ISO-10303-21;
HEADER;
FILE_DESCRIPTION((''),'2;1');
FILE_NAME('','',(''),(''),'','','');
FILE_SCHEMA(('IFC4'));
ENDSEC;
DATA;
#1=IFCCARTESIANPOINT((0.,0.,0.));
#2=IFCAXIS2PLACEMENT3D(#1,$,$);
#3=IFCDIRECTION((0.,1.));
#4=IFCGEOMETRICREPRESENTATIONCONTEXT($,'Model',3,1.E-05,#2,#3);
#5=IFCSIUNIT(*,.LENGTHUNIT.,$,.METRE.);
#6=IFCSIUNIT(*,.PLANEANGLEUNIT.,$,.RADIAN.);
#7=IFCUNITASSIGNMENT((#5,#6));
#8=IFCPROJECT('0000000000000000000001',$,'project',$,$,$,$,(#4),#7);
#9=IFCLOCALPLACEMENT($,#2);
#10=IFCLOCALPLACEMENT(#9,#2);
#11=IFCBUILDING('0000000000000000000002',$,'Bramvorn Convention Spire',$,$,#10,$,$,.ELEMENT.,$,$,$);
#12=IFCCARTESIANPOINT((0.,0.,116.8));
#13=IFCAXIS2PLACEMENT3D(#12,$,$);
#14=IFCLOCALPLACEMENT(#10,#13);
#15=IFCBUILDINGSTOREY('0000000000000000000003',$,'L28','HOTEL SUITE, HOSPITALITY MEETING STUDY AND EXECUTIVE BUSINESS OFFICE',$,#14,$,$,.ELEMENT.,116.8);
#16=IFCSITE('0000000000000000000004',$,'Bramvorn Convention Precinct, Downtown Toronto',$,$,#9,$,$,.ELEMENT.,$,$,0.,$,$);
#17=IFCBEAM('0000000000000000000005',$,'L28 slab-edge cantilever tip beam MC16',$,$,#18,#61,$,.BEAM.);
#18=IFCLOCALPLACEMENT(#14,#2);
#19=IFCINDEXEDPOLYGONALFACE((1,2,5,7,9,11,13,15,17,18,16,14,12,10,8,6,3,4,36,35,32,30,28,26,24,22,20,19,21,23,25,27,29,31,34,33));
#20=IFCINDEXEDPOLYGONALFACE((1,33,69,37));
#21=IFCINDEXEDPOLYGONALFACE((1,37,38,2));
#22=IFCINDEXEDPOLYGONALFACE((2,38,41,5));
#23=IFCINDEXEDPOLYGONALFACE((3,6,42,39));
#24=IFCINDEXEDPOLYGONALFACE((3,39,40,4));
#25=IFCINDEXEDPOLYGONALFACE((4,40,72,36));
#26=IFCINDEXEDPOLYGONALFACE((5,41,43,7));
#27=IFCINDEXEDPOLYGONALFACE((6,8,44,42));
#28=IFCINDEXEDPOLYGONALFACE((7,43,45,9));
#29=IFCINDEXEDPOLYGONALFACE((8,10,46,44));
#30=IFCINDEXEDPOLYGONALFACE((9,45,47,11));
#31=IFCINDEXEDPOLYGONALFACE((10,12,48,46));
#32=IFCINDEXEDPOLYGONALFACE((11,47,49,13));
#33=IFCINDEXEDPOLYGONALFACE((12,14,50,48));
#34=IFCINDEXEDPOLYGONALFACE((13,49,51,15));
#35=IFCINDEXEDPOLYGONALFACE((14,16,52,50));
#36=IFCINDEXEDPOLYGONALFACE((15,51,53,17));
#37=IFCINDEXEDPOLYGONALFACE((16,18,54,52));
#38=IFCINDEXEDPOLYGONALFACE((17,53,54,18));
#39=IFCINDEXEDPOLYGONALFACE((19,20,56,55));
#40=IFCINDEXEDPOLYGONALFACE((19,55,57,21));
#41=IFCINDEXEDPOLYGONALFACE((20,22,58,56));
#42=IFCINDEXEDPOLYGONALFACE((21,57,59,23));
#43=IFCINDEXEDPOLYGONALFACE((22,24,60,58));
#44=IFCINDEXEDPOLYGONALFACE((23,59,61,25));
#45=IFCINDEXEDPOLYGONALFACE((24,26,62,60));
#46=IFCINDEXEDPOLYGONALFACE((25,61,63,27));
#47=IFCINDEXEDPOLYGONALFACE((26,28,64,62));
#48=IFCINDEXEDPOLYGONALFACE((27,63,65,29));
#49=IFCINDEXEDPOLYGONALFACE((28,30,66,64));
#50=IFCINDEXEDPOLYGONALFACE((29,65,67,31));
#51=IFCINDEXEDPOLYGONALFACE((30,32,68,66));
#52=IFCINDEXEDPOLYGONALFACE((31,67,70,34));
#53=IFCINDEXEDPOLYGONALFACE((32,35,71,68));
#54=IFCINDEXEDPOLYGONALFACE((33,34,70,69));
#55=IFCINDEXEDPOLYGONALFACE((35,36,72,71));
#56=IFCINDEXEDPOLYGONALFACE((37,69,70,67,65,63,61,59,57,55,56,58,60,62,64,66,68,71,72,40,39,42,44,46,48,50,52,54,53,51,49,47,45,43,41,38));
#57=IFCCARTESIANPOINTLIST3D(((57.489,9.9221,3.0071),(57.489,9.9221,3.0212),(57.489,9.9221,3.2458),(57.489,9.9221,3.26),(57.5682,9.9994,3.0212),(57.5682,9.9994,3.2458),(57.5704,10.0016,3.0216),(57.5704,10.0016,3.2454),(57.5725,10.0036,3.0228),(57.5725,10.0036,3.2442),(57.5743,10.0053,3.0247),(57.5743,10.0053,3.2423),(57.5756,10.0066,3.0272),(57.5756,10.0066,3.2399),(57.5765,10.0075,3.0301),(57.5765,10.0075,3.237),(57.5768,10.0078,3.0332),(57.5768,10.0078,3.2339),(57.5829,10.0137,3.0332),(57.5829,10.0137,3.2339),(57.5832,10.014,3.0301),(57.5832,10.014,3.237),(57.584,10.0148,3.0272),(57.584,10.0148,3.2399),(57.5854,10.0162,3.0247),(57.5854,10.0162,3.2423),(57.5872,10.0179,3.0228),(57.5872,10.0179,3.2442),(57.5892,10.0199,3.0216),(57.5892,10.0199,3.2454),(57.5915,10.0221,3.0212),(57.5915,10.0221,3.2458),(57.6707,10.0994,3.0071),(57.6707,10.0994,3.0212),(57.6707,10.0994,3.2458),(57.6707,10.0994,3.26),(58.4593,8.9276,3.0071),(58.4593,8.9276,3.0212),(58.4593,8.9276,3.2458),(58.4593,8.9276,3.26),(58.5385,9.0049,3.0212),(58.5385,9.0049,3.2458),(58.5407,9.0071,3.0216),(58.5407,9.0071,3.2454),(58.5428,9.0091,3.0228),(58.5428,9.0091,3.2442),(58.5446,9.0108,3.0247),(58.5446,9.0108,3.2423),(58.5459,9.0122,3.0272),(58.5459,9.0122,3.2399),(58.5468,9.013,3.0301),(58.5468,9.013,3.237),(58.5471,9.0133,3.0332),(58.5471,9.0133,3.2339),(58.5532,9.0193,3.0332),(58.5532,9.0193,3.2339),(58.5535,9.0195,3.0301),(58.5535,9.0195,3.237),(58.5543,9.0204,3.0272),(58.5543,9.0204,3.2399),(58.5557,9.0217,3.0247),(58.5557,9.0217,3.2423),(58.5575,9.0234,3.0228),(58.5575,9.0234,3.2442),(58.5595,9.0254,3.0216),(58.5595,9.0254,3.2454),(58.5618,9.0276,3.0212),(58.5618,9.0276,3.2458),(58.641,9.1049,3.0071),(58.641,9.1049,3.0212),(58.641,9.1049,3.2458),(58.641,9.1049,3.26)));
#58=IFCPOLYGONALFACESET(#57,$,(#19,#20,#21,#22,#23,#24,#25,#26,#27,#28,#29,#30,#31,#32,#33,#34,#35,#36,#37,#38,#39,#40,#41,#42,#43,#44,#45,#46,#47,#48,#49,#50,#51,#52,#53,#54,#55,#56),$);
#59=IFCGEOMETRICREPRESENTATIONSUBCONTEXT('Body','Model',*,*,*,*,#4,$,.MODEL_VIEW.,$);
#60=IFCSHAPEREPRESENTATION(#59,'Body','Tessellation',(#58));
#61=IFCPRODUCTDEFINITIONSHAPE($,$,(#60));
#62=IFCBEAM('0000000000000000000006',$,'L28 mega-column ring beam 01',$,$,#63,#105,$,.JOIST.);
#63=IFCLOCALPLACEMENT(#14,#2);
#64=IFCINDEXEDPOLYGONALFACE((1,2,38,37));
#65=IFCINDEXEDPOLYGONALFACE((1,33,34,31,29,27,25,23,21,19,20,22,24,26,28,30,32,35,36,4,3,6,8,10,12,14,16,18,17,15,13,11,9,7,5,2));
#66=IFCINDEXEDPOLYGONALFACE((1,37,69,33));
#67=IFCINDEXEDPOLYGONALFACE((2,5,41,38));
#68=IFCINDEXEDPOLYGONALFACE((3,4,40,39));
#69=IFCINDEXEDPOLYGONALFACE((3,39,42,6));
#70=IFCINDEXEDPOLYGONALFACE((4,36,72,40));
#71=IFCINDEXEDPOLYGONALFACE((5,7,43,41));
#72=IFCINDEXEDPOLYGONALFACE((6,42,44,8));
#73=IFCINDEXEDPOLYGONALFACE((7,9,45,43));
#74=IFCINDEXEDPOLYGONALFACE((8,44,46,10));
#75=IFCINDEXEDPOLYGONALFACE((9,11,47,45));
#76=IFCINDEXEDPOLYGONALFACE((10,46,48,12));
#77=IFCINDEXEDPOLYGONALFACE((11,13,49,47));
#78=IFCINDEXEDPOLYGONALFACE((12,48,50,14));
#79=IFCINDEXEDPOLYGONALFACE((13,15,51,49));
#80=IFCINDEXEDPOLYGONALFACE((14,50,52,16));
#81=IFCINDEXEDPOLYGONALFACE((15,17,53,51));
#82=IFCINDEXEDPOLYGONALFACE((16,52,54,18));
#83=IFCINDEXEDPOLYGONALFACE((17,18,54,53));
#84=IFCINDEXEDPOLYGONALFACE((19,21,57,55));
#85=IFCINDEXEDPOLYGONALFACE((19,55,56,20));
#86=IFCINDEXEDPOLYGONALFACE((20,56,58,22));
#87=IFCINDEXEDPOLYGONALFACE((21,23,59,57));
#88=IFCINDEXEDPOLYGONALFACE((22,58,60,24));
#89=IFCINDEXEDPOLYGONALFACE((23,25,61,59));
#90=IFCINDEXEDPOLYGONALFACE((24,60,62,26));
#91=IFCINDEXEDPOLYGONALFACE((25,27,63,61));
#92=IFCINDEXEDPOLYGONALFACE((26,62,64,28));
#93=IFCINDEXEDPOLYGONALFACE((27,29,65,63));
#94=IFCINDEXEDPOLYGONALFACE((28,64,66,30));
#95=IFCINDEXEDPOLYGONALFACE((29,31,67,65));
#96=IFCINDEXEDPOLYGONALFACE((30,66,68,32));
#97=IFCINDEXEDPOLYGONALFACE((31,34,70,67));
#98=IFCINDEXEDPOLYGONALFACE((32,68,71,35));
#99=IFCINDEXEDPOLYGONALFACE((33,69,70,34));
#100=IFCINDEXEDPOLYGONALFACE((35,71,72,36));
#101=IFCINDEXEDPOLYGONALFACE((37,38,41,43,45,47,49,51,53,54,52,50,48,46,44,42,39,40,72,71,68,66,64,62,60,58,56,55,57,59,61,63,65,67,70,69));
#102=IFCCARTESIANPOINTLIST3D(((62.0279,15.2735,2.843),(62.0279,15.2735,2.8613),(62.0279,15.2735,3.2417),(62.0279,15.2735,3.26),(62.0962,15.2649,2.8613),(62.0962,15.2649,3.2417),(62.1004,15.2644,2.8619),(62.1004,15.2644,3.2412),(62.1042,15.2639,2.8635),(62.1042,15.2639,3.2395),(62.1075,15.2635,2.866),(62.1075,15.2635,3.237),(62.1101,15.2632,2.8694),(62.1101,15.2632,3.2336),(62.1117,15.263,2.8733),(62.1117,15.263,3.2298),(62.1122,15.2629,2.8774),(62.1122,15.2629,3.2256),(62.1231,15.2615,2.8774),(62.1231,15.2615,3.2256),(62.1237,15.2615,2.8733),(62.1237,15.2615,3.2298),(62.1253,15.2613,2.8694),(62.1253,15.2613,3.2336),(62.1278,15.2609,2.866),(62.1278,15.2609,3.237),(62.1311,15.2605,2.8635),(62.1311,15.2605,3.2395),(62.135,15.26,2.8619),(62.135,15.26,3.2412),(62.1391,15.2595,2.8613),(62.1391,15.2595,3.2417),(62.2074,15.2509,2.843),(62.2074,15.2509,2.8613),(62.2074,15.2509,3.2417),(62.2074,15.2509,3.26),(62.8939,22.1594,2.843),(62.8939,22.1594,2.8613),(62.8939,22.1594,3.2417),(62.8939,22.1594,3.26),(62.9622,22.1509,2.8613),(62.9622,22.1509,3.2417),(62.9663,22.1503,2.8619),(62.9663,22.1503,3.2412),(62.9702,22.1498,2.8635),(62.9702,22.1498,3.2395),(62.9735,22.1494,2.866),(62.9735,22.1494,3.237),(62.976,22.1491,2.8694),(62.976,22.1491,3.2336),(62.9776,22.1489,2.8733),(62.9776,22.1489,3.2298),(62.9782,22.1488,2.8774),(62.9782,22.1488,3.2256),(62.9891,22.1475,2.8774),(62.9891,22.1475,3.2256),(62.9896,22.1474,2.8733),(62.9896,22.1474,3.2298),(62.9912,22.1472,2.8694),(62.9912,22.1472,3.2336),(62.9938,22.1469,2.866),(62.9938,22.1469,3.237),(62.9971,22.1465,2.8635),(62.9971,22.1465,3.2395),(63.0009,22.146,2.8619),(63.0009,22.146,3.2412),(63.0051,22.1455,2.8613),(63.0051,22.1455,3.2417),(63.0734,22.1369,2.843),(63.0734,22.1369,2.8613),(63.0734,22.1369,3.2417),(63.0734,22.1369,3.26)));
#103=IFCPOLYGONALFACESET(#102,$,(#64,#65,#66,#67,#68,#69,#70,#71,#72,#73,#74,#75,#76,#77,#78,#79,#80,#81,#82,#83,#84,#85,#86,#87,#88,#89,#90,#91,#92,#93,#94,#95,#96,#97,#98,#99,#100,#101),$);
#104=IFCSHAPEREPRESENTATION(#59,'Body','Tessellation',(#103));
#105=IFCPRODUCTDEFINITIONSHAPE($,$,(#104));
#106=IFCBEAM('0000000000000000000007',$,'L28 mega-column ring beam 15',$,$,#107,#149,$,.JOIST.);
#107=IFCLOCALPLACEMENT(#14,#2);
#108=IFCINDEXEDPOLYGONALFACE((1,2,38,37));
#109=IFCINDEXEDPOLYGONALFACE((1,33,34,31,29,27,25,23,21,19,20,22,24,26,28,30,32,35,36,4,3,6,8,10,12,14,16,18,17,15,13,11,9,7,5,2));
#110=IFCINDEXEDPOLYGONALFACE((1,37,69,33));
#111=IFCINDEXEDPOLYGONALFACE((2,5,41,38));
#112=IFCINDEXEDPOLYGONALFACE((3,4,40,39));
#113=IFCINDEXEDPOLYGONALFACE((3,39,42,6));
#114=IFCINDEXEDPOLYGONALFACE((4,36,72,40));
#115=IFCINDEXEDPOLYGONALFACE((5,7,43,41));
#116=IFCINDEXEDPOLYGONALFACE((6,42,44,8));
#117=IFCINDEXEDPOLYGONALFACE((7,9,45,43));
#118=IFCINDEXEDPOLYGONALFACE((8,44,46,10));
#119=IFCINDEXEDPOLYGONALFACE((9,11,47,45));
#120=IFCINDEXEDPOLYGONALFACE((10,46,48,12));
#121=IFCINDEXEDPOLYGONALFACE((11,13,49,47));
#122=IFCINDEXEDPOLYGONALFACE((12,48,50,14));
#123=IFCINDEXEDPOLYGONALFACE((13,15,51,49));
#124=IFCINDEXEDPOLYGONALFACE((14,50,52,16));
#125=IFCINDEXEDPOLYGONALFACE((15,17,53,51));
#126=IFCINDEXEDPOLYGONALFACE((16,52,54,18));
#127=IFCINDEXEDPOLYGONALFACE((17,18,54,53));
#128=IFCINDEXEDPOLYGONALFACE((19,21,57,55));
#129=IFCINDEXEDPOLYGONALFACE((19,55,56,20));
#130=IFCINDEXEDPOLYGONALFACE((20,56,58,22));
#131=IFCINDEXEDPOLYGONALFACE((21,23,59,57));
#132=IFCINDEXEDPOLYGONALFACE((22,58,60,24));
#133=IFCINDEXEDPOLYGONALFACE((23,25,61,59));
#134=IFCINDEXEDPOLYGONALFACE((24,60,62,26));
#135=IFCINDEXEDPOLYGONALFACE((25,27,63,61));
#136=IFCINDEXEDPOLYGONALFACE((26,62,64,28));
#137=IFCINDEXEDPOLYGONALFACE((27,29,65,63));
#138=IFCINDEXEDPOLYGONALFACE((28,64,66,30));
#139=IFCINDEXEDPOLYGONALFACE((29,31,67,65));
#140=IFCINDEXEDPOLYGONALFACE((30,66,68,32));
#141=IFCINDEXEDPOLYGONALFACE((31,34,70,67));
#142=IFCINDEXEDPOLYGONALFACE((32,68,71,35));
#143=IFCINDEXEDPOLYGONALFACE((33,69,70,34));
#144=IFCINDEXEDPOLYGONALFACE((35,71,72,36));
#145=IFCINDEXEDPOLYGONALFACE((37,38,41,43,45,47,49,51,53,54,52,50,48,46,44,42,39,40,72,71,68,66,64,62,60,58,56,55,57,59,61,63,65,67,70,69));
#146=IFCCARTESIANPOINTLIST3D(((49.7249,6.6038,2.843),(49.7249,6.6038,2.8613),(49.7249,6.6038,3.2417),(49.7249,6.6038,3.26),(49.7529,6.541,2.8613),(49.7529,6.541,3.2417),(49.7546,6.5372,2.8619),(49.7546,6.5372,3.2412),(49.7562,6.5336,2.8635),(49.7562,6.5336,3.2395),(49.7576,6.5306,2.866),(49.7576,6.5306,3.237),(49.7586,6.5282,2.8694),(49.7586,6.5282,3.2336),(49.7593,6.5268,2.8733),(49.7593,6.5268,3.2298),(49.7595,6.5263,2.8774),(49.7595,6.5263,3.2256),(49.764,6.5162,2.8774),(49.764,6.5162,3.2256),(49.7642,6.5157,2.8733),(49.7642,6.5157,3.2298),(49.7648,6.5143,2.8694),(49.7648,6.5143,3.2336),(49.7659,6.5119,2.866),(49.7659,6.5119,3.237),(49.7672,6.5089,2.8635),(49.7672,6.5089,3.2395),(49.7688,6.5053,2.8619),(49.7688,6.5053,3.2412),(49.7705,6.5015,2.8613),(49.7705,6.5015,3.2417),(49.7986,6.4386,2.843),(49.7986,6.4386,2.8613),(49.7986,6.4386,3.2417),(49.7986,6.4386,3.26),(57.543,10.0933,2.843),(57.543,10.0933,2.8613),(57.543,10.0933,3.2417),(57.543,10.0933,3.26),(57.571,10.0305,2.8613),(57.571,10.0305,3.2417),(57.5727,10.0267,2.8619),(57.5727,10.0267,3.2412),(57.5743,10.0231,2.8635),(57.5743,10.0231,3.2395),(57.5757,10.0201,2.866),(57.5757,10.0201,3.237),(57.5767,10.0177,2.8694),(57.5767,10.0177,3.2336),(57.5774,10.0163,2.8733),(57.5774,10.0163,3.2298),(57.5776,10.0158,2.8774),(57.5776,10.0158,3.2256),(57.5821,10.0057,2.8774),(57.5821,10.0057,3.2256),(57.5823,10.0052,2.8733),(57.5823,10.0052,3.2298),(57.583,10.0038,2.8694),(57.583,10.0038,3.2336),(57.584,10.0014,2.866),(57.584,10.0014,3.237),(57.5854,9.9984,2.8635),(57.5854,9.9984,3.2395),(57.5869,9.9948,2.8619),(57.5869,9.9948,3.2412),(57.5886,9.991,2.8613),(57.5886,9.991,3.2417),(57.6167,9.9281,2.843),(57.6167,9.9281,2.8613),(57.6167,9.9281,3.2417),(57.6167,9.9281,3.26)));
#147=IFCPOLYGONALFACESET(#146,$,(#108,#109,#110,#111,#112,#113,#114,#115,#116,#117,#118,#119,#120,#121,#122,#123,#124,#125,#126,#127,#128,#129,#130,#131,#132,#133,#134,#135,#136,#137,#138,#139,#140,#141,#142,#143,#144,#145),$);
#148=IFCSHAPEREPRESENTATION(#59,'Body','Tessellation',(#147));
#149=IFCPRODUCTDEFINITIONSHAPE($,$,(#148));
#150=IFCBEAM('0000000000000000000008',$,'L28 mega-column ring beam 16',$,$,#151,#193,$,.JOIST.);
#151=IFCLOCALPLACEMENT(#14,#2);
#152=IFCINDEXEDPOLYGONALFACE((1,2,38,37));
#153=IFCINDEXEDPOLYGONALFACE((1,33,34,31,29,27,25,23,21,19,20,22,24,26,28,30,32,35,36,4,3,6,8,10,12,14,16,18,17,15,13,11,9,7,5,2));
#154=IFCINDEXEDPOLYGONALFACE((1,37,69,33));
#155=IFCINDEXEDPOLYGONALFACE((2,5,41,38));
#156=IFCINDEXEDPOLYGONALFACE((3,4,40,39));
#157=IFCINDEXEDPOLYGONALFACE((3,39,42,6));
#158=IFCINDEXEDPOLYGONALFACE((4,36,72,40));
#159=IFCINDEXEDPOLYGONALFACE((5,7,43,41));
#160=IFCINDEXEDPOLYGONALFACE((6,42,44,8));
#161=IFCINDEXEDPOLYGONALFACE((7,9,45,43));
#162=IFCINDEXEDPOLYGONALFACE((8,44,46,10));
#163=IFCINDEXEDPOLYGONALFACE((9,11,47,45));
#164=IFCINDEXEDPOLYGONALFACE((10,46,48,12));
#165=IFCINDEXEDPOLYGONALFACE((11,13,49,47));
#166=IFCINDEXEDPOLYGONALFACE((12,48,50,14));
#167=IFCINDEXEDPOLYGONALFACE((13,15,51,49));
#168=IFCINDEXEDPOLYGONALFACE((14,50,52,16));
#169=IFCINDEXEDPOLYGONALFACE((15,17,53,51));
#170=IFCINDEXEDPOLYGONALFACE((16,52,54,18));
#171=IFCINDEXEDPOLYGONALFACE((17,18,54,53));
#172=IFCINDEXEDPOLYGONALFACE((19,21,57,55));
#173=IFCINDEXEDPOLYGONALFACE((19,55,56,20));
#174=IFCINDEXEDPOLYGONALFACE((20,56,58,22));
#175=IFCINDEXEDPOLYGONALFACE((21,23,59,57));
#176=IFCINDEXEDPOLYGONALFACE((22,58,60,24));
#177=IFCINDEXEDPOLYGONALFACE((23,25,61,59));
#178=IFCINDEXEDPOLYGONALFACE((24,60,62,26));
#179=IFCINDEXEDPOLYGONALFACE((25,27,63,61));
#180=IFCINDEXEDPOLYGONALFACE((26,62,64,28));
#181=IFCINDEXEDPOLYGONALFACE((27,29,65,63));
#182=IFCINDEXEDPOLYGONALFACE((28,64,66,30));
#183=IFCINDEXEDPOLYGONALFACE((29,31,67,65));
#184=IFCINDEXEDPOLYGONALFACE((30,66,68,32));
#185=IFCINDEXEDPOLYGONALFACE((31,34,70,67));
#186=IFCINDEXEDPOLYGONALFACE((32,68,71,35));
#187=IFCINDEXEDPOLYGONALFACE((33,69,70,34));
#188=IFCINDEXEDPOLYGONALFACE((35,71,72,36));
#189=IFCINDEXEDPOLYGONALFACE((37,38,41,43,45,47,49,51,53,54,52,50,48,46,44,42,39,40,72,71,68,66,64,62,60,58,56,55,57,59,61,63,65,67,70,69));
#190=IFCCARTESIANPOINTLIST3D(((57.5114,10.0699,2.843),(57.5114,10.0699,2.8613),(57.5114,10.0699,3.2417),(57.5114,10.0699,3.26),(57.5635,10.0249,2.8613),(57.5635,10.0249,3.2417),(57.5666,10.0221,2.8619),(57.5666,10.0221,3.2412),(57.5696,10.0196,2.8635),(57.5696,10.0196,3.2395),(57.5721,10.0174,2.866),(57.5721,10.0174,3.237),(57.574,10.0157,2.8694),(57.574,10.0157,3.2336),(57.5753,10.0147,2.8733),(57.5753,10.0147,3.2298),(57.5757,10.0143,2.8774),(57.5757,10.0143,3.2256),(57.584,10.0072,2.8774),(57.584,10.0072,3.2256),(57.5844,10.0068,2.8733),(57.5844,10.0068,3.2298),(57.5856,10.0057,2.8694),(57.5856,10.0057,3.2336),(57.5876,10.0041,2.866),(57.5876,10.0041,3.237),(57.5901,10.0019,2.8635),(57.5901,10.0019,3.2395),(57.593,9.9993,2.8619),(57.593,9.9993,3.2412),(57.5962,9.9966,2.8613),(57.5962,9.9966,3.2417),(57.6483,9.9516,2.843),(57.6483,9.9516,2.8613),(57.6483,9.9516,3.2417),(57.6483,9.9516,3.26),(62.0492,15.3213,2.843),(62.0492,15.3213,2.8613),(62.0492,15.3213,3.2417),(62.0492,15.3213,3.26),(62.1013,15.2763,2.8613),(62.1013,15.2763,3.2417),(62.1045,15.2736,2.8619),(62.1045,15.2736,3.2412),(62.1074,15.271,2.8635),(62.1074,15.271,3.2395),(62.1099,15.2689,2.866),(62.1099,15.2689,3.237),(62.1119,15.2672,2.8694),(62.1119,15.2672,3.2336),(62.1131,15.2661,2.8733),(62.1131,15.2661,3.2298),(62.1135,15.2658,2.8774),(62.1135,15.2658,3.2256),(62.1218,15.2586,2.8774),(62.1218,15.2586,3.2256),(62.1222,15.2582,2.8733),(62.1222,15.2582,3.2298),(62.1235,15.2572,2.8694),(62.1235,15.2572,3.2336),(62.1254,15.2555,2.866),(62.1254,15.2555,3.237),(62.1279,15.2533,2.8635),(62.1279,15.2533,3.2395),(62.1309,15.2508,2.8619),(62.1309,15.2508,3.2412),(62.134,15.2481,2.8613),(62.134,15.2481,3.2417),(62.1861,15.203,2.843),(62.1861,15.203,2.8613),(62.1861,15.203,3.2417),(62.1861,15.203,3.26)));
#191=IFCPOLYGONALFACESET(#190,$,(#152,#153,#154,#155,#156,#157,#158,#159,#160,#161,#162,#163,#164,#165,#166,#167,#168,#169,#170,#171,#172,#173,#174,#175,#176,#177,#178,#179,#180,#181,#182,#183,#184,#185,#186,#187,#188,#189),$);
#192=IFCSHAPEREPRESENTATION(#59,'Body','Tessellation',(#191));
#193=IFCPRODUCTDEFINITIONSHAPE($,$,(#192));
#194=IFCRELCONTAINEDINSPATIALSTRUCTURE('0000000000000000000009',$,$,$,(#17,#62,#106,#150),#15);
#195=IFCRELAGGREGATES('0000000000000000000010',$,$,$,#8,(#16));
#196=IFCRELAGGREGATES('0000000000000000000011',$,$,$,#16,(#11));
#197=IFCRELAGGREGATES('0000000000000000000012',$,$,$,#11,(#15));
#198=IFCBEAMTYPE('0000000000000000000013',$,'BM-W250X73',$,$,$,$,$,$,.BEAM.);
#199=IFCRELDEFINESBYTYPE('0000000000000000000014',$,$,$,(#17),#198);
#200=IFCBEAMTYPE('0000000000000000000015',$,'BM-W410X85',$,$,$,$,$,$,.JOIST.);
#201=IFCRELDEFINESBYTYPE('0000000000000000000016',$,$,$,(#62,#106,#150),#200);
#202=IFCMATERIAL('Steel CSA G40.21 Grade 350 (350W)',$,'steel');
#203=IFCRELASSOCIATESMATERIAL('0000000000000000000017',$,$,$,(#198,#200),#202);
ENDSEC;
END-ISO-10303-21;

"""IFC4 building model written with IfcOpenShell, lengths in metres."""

from ifc_helpers import new_model, si_unit, direction, frame, origin, origin_2d, place, context, subcontext, project, spatial, i_section, extrude, material, material_profile, profile_set, type_object, element, save


model = new_model("IFC4")

# Units and contexts
model_context = context("Model", 3, precision=1e-05, world=origin(), true_north=direction((0.0, 1.0)))
body_context = subcontext(model_context, "Body", "Model", "MODEL_VIEW")
ifc_project = project(units=[si_unit("LENGTHUNIT", "METRE"), si_unit("PLANEANGLEUNIT", "RADIAN")], contexts=[model_context])

# Site, building, storey
site_placement = place(None, origin())
site = spatial("IfcSite", under=ifc_project, at=site_placement, Name="Bramvorn Convention Precinct, Downtown Toronto", CompositionType="ELEMENT", RefElevation=0.0)
building_placement = place(site_placement, origin())
building = spatial("IfcBuilding", under=site, at=building_placement, Name="Bramvorn Convention Spire", CompositionType="ELEMENT")
storey_placement = place(building_placement, frame((0.0, 0.0, 116.8)))
storey = spatial("IfcBuildingStorey", under=building, at=storey_placement, Name="L28", Description="HOTEL SUITE, HOSPITALITY MEETING STUDY AND EXECUTIVE BUSINESS OFFICE", CompositionType="ELEMENT", Elevation=116.8)

# Shared definitions
ifc_material_1 = material(Name="Steel CSA G40.21 Grade 350 (350W)", Category="steel")

# Beams
ifc_material_profile_1 = material_profile(ifc_material_1, i_section(OverallWidth=0.2539, OverallDepth=0.2529, WebThickness=0.0085, FlangeThickness=0.0142, FilletRadius=0.012, at=origin_2d()))
ifc_profile_set_1 = profile_set([ifc_material_profile_1], Name="Steel CSA G40.21 Grade 350 (350W) - W250X73")
beam_type_1 = type_object("IfcBeamType", Name="BM-W250X73", PredefinedType="BEAM", material=ifc_profile_set_1)
beam_1_placement = place(storey_placement, frame((57.5798, 10.0107, 3.1335), z_axis=(0.698355, -0.715752, 0.0), x_axis=(0.715752, 0.698355, 0.0)))
element("IfcBeam", 1, at=beam_1_placement, inside=storey, type_object=beam_type_1, Name="L28 slab-edge cantilever tip beam MC16", PredefinedType="BEAM", context=body_context, shape_type="SweptSolid", body=[
    extrude(i_section(OverallWidth=0.2539, OverallDepth=0.2529, WebThickness=0.0085, FlangeThickness=0.0142, FilletRadius=0.012, at=origin_2d()), origin(), (0.0, 0.0, 1.0), 1.3894),
])
ifc_material_profile_2 = material_profile(ifc_material_1, i_section(OverallWidth=0.1809, OverallDepth=0.417, WebThickness=0.011, FlangeThickness=0.0183, FilletRadius=0.0161, at=origin_2d()))
ifc_profile_set_2 = profile_set([ifc_material_profile_2], Name="Steel CSA G40.21 Grade 350 (350W) - W410X85")
beam_type_2 = type_object("IfcBeamType", Name="BM-W410X85", PredefinedType="JOIST", material=ifc_profile_set_2)
beam_2_placement = place(storey_placement, frame((62.1177, 15.2622, 3.0515), z_axis=(0.124775, 0.992185, 0.0), x_axis=(-0.992185, 0.124775, 0.0)))
element("IfcBeam", 2, at=beam_2_placement, inside=storey, type_object=beam_type_2, Name="L28 mega-column ring beam 01", PredefinedType="JOIST", context=body_context, shape_type="SweptSolid", body=[
    extrude(i_section(OverallWidth=0.1809, OverallDepth=0.417, WebThickness=0.011, FlangeThickness=0.0183, FilletRadius=0.0161, at=origin_2d()), origin(), (0.0, 0.0, 1.0), 6.9402),
])
beam_3_placement = place(storey_placement, frame((49.7617, 6.5212, 3.0515), z_axis=(0.91317, 0.40758, 0.0), x_axis=(-0.40758, 0.91317, 0.0)))
element("IfcBeam", 3, at=beam_3_placement, inside=storey, type_object=beam_type_2, Name="L28 mega-column ring beam 15", PredefinedType="JOIST", context=body_context, shape_type="SweptSolid", body=[
    extrude(i_section(OverallWidth=0.1809, OverallDepth=0.417, WebThickness=0.011, FlangeThickness=0.0183, FilletRadius=0.0161, at=origin_2d()), origin(), (0.0, 0.0, 1.0), 8.5615),
])
beam_4_placement = place(storey_placement, frame((57.5798, 10.0107, 3.0515), z_axis=(0.653825, 0.756646, 0.0), x_axis=(-0.756646, 0.653825, 0.0)))
element("IfcBeam", 4, at=beam_4_placement, inside=storey, type_object=beam_type_2, Name="L28 mega-column ring beam 16", PredefinedType="JOIST", context=body_context, shape_type="SweptSolid", body=[
    extrude(i_section(OverallWidth=0.1809, OverallDepth=0.417, WebThickness=0.011, FlangeThickness=0.0183, FilletRadius=0.0161, at=origin_2d()), origin(), (0.0, 0.0, 1.0), 6.9404),
])

save(model, "model.ifc")
